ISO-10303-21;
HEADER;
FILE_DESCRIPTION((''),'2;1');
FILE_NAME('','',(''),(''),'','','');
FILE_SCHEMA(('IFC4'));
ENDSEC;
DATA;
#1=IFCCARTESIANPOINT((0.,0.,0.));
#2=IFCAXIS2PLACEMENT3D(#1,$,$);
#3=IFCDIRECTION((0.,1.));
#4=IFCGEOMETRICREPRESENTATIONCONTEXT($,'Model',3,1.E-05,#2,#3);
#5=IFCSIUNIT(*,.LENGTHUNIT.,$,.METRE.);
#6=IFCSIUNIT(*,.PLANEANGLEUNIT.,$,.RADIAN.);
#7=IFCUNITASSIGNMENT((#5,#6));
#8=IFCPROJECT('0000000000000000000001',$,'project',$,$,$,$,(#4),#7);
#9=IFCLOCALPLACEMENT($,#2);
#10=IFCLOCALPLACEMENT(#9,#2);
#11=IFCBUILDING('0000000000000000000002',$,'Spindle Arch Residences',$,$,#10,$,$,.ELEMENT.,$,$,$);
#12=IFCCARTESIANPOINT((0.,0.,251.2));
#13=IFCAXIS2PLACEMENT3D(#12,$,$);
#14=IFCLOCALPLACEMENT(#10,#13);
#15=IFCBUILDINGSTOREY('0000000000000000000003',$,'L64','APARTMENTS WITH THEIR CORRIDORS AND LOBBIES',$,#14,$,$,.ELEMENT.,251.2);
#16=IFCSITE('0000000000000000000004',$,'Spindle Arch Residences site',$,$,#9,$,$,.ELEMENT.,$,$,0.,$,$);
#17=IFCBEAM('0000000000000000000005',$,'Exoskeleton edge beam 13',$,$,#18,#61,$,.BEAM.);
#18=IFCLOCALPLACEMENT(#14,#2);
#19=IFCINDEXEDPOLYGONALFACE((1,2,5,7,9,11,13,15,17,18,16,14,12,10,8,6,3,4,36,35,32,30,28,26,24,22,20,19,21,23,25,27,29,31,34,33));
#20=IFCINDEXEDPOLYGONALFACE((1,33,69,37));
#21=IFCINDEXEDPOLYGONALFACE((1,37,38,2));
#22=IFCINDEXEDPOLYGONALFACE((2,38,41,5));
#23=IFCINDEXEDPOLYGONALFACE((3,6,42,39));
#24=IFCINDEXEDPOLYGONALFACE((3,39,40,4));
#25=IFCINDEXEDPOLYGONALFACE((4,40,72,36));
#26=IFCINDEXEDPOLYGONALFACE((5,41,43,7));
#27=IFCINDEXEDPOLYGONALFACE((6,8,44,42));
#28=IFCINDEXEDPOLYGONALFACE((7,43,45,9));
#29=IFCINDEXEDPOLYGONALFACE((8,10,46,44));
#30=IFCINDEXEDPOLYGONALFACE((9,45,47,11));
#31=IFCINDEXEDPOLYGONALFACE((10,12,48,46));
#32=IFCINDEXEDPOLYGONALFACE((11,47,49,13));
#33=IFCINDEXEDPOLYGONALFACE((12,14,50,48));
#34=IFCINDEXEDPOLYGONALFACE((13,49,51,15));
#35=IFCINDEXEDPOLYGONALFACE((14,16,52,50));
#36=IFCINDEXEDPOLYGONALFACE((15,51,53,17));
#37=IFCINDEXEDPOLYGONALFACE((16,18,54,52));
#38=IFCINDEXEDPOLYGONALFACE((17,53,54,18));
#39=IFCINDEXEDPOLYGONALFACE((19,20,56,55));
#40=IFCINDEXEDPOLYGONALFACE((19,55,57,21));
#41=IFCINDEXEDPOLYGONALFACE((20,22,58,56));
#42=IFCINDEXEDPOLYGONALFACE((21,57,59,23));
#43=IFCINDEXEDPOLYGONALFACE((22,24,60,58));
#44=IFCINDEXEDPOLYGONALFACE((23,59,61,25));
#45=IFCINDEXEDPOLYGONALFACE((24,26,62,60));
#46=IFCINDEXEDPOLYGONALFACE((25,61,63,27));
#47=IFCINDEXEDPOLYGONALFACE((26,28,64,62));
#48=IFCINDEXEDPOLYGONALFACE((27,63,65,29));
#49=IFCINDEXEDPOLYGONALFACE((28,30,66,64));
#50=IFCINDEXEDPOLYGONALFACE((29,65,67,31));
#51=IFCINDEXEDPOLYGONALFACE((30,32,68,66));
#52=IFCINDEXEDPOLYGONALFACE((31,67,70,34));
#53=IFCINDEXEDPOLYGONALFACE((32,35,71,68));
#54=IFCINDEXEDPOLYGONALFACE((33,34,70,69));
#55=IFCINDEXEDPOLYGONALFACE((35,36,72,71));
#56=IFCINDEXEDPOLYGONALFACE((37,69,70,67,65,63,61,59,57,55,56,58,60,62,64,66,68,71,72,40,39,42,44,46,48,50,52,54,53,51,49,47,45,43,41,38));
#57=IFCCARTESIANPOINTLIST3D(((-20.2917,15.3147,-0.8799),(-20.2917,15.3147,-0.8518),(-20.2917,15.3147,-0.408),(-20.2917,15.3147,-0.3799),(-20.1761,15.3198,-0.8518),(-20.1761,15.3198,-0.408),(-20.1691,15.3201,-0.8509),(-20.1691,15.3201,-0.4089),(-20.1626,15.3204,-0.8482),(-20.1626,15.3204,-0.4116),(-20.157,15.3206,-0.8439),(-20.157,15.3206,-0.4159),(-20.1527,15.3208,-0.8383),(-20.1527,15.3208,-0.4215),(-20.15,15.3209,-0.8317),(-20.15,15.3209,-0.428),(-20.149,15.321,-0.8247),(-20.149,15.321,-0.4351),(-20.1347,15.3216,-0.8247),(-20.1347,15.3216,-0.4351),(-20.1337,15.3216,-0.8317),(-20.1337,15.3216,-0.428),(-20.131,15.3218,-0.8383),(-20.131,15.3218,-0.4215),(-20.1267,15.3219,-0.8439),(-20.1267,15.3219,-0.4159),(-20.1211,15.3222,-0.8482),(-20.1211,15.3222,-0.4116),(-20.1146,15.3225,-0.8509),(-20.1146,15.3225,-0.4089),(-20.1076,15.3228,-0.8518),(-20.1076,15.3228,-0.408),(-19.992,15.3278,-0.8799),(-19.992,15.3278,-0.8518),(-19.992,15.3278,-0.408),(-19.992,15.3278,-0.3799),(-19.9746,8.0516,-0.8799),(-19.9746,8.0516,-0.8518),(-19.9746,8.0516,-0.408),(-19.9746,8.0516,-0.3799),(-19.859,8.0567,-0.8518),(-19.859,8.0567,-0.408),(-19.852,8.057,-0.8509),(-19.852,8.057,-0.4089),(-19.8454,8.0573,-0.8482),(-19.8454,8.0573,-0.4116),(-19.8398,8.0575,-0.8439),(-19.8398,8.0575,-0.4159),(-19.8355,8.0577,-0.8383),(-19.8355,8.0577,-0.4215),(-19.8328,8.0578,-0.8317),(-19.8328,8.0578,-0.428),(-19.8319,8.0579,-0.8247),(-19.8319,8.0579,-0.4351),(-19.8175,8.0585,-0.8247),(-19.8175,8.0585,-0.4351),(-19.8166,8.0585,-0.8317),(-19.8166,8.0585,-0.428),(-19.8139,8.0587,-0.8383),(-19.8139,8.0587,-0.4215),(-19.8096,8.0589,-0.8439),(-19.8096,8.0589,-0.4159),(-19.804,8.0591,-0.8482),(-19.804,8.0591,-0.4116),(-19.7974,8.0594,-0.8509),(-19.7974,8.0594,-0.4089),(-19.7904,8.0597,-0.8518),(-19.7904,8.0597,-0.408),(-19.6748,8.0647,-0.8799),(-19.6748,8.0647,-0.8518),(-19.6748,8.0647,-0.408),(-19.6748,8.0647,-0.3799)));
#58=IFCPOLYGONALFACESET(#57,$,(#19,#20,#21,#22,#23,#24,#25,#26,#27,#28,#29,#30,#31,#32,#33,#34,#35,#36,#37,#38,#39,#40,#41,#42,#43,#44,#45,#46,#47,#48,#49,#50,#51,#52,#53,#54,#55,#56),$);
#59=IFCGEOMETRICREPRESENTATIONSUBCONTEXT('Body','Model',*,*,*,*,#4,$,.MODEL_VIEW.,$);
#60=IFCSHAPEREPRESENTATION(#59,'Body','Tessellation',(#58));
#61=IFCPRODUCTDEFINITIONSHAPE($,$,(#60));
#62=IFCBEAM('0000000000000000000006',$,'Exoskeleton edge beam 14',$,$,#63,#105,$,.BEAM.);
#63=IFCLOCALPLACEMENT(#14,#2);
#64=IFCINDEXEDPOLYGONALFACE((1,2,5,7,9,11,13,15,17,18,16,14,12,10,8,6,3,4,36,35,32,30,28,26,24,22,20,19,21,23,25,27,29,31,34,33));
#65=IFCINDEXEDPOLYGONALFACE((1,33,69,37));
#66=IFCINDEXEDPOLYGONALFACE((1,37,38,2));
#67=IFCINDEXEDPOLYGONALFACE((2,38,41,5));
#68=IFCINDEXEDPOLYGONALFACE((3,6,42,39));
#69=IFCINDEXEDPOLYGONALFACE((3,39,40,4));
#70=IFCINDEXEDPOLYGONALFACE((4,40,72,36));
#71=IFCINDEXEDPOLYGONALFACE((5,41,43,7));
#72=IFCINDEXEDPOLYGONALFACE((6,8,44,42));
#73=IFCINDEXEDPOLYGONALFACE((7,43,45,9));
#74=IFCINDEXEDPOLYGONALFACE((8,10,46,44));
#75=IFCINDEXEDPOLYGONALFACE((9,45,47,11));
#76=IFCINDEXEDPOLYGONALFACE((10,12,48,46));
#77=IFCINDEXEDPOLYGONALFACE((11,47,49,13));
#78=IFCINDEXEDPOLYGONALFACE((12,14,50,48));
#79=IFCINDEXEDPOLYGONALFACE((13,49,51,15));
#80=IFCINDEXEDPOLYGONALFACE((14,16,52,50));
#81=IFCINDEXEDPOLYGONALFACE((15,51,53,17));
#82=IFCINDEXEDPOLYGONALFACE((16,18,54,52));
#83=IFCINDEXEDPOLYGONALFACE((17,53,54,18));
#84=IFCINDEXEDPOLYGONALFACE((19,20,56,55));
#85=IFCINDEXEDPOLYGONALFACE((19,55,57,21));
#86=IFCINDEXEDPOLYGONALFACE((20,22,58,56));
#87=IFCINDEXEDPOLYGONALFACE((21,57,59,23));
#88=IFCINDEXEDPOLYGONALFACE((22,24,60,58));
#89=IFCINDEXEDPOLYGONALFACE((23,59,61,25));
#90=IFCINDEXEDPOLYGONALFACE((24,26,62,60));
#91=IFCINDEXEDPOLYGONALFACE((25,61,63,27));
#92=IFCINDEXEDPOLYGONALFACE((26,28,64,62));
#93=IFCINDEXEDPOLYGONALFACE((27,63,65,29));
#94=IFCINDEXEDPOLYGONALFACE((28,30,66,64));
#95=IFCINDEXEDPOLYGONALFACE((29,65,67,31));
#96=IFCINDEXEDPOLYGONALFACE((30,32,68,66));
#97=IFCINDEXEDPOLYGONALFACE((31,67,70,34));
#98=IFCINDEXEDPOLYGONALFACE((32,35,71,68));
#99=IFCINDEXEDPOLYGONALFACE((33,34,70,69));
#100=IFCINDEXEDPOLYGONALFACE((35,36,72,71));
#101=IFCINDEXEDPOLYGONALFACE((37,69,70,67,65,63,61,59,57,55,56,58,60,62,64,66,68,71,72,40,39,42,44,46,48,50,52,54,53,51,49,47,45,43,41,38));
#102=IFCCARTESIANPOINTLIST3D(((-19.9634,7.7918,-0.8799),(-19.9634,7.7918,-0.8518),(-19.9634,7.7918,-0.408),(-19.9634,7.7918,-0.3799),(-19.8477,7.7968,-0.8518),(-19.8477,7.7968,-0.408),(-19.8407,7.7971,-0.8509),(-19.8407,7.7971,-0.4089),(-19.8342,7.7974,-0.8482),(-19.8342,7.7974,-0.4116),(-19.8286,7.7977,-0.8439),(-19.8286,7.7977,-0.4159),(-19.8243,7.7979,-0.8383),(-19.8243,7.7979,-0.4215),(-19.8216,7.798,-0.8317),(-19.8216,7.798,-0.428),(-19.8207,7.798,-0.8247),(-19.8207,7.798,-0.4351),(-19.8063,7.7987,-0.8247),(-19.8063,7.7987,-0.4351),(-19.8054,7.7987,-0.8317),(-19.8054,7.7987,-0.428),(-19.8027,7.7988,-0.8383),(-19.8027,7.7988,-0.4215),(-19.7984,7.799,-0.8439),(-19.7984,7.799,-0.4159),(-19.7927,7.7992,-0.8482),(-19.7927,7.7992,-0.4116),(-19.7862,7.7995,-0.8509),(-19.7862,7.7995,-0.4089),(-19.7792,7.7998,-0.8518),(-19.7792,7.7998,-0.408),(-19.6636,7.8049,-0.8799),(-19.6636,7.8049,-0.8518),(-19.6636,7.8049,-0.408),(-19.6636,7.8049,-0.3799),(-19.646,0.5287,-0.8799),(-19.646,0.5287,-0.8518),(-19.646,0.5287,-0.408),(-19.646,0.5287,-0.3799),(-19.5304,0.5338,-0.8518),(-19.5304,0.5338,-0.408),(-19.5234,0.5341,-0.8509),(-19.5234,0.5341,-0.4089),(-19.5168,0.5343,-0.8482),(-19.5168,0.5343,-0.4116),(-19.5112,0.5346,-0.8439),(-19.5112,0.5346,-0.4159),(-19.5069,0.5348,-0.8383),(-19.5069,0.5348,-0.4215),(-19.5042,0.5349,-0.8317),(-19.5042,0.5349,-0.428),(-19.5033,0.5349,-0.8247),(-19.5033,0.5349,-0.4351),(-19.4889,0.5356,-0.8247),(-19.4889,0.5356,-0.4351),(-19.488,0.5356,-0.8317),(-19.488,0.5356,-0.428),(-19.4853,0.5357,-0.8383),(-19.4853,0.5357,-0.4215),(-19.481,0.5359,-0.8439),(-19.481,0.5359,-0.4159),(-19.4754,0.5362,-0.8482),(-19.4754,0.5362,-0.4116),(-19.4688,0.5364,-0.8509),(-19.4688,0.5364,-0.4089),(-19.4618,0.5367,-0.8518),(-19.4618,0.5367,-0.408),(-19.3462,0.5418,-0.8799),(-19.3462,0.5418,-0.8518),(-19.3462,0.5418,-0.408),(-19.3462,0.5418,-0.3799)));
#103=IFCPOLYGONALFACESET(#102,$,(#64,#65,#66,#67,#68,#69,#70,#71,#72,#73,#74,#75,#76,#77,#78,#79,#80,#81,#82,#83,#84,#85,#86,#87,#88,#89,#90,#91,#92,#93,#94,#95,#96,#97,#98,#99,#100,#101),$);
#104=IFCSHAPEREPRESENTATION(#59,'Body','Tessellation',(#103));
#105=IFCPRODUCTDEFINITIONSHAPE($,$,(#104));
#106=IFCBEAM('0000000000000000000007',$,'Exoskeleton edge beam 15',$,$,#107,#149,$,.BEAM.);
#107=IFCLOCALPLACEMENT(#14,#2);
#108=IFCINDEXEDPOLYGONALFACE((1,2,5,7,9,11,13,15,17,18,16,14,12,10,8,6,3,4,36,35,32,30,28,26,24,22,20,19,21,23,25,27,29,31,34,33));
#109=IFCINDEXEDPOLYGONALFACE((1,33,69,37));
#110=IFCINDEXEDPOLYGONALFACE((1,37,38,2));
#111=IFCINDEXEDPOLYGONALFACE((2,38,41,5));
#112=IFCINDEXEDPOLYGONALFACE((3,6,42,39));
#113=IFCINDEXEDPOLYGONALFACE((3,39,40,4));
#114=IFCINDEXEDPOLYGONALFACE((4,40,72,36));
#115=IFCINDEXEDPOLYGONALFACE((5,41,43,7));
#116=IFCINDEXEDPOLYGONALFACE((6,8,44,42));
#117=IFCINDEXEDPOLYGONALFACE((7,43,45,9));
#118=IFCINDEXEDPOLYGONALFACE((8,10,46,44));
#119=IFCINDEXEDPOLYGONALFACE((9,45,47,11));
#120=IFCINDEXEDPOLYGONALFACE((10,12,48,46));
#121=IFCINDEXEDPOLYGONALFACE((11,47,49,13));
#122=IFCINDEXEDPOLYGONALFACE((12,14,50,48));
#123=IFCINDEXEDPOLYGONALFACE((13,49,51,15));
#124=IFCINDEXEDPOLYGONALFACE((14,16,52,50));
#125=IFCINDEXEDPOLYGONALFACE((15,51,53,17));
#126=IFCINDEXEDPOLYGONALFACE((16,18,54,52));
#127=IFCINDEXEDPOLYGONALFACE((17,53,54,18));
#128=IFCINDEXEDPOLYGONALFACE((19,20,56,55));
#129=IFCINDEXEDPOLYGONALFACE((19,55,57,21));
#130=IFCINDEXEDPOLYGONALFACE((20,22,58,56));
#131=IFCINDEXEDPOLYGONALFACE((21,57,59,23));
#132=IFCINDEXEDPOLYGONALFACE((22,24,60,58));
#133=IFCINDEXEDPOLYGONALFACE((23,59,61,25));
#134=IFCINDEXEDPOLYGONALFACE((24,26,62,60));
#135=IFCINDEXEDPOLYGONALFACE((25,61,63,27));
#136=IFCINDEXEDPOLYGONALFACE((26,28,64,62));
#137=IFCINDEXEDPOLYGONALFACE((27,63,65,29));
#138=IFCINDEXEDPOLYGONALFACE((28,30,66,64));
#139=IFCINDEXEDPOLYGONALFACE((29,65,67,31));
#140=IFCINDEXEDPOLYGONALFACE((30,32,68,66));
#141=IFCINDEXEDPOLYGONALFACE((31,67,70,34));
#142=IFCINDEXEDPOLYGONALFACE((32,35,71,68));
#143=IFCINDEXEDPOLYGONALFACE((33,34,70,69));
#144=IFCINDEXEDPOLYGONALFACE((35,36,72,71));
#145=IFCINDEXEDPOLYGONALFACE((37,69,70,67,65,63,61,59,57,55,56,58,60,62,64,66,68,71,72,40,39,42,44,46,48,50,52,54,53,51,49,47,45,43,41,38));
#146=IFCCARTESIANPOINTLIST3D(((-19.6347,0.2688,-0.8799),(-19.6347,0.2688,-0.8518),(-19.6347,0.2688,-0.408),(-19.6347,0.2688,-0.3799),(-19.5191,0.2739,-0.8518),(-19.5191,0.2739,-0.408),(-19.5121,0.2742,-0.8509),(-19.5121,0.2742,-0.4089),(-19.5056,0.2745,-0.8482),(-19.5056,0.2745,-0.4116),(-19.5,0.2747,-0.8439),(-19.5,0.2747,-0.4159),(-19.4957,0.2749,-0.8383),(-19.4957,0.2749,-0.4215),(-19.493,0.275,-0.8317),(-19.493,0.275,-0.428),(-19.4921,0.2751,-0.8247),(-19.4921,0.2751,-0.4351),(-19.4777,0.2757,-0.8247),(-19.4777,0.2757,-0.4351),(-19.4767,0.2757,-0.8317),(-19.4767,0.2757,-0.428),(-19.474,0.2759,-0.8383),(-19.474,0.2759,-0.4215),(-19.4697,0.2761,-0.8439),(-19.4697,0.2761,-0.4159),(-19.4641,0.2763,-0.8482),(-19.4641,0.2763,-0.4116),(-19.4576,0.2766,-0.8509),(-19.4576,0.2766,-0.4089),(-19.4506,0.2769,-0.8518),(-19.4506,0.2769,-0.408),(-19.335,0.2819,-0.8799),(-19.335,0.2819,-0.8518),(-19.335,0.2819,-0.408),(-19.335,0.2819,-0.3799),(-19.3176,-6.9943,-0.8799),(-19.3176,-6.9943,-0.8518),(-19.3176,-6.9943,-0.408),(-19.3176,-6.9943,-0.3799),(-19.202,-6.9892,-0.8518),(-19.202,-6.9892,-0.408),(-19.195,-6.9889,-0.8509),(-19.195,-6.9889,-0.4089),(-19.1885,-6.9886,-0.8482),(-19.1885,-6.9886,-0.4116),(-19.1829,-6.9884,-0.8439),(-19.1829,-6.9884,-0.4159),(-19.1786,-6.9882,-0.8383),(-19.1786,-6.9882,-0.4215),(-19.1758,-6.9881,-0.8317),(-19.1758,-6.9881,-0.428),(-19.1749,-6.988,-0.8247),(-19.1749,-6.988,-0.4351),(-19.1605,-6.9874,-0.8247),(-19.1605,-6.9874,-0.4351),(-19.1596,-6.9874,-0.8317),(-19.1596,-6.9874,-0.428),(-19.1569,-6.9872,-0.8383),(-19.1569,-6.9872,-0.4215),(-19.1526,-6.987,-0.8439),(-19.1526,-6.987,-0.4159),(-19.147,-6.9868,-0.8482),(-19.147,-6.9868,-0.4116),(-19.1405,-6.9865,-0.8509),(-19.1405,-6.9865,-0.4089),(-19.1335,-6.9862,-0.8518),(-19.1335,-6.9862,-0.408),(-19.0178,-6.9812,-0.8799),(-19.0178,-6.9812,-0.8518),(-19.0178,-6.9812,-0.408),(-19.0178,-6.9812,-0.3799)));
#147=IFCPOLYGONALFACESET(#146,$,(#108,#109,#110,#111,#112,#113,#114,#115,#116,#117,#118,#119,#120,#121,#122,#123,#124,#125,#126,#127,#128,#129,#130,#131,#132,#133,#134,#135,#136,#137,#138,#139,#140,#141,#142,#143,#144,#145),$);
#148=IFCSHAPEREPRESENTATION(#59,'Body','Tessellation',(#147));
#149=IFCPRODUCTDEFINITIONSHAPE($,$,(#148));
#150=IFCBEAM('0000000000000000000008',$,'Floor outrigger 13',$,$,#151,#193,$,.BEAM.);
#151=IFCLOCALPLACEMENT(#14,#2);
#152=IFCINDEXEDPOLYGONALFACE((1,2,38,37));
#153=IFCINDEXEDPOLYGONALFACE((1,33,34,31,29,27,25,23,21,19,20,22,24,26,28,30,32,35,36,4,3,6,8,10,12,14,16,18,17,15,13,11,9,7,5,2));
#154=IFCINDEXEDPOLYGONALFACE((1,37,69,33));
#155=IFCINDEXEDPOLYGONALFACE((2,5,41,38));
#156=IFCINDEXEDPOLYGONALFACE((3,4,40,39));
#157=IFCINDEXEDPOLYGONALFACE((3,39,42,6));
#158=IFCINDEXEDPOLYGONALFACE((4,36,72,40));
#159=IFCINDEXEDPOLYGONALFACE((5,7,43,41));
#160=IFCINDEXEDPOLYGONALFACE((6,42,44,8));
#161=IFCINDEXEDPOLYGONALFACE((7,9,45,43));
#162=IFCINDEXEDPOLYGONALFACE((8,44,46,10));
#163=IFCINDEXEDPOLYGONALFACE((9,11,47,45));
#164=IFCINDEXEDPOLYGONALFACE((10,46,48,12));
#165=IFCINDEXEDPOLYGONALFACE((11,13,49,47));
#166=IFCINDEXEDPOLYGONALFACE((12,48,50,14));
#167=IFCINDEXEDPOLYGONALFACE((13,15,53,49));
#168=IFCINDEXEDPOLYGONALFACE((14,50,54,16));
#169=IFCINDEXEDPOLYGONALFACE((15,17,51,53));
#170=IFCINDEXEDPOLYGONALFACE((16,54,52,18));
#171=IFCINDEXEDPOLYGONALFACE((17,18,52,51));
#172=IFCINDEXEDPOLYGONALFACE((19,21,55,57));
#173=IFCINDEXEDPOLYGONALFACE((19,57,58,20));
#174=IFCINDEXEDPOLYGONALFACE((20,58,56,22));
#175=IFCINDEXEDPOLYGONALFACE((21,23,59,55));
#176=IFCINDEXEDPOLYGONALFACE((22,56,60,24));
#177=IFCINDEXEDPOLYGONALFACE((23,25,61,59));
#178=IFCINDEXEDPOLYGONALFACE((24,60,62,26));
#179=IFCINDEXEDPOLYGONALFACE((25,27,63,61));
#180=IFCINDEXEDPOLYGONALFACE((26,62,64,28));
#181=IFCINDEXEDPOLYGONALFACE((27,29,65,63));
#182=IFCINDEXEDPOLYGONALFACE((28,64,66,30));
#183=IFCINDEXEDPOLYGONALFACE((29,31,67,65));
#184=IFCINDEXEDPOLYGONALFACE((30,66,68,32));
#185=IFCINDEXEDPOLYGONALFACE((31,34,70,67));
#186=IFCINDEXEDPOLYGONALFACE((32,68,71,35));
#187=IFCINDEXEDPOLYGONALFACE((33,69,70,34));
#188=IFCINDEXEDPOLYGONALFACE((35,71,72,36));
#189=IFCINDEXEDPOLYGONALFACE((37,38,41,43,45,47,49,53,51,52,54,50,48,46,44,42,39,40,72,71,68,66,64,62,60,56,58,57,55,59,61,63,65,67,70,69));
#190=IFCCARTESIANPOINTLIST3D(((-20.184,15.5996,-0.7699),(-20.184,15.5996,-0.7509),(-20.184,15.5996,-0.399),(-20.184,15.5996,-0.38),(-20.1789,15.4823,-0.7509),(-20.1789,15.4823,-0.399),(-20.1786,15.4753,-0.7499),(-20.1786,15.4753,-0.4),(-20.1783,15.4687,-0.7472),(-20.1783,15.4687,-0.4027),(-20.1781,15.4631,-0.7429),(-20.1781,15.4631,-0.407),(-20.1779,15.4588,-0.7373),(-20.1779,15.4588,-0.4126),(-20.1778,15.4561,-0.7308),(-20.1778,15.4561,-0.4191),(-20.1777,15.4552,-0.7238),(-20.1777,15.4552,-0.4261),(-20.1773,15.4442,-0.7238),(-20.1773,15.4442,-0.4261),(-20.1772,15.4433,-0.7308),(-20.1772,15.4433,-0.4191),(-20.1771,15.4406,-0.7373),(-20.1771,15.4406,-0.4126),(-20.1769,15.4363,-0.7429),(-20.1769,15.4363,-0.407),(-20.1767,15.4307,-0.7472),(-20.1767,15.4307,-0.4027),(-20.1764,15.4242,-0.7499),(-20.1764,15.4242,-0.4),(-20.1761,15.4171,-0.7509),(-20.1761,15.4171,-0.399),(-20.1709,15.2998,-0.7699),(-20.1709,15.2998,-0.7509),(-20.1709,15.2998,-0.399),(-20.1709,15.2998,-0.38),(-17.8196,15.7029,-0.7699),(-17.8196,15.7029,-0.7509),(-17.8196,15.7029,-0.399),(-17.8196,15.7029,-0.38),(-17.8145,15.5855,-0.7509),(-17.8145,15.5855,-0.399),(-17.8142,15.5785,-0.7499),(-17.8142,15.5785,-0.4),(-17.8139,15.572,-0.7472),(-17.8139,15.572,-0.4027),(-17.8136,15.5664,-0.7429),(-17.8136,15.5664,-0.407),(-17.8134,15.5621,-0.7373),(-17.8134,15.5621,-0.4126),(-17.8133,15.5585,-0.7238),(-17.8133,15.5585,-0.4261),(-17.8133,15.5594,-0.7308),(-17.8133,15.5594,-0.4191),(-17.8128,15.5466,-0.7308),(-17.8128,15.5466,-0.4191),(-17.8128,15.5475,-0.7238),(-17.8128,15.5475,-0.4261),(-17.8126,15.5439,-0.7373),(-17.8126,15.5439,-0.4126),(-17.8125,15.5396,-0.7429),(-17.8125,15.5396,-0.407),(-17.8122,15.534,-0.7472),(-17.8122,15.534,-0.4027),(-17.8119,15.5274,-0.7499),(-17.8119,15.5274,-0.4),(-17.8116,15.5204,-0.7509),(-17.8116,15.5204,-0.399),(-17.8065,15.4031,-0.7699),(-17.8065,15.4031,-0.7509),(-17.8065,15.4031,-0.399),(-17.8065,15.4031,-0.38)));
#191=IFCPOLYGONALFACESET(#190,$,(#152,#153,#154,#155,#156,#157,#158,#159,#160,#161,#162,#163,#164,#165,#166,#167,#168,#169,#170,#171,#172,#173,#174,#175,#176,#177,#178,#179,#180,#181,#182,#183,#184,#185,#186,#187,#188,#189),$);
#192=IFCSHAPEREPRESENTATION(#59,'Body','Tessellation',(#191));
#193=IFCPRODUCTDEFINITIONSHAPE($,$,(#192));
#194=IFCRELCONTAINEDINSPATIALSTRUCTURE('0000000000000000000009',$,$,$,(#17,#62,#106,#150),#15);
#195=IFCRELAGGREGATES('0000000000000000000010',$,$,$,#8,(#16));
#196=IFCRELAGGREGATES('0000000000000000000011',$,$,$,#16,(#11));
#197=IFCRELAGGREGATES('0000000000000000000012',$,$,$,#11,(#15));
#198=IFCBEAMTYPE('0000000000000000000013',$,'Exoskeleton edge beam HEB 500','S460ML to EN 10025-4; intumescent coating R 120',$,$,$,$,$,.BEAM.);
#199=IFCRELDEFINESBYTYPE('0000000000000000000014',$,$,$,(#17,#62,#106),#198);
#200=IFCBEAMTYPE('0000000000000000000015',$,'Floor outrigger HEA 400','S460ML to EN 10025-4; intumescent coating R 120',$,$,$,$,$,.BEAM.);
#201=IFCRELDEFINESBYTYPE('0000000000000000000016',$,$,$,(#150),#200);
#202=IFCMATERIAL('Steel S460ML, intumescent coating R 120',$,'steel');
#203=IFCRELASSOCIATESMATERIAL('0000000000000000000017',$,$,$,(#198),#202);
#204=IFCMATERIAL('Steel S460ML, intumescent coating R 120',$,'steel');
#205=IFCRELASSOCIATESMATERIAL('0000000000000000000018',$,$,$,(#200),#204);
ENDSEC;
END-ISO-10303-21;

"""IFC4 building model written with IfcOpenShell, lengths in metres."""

from ifc_helpers import new_model, si_unit, direction, frame, origin, origin_2d, place, context, subcontext, project, spatial, i_section, extrude, material, material_profile, profile_set, type_object, element, save


model = new_model("IFC4")

# Units and contexts
model_context = context("Model", 3, precision=1e-05, world=origin(), true_north=direction((0.0, 1.0)))
body_context = subcontext(model_context, "Body", "Model", "MODEL_VIEW")
ifc_project = project(units=[si_unit("LENGTHUNIT", "METRE"), si_unit("PLANEANGLEUNIT", "RADIAN")], contexts=[model_context])

# Site, building, storey
site_placement = place(None, origin())
site = spatial("IfcSite", under=ifc_project, at=site_placement, Name="Spindle Arch Residences site", CompositionType="ELEMENT", RefElevation=0.0)
building_placement = place(site_placement, origin())
building = spatial("IfcBuilding", under=site, at=building_placement, Name="Spindle Arch Residences", CompositionType="ELEMENT")
storey_placement = place(building_placement, frame((0.0, 0.0, 251.2)))
storey = spatial("IfcBuildingStorey", under=building, at=storey_placement, Name="L64", Description="APARTMENTS WITH THEIR CORRIDORS AND LOBBIES", CompositionType="ELEMENT", Elevation=251.2)

# Beams
ifc_material_1 = material(Name="Steel S460ML, intumescent coating R 120", Category="steel")
ifc_material_profile_1 = material_profile(ifc_material_1, i_section(OverallWidth=0.3, OverallDepth=0.5, WebThickness=0.0144, FlangeThickness=0.0281, FilletRadius=0.0271, at=origin_2d()), Name="HEB 500")
ifc_profile_set_1 = profile_set([ifc_material_profile_1], Name="Steel S460ML, intumescent coating R 120")
beam_type_1 = type_object("IfcBeamType", Name="Exoskeleton edge beam HEB 500", Description="S460ML to EN 10025-4; intumescent coating R 120", PredefinedType="BEAM", material=ifc_profile_set_1)
for number, where, z_axis, x_axis, name in (
    (1, (-20.1418, 15.3213, -0.6299), (0.043622, -0.999048, 0.0), (0.999048, 0.043622, 0.0), "Exoskeleton edge beam 13"),
    (2, (-19.8135, 7.7983, -0.6299), (0.043656, -0.999047, 0.0), (0.999047, 0.043656, 0.0), "Exoskeleton edge beam 14"),
    (3, (-19.4849, 0.2754, -0.6299), (0.043622, -0.999048, 0.0), (0.999048, 0.043622, 0.0), "Exoskeleton edge beam 15"),
):
    element("IfcBeam", number, at=place(storey_placement, frame(where, z_axis=z_axis, x_axis=x_axis)), inside=storey, type_object=beam_type_1, Name=name, PredefinedType="BEAM", context=body_context, shape_type="SweptSolid", body=[
        extrude(i_section(OverallWidth=0.3, OverallDepth=0.5, WebThickness=0.0144, FlangeThickness=0.0281, FilletRadius=0.0271, at=origin_2d()), origin(), (0.0, 0.0, 1.0), 7.27),
    ])
ifc_material_2 = material(Name="Steel S460ML, intumescent coating R 120", Category="steel")
ifc_material_profile_2 = material_profile(ifc_material_2, i_section(OverallWidth=0.3, OverallDepth=0.3899, WebThickness=0.011, FlangeThickness=0.019, FilletRadius=0.0271, at=origin_2d()), Name="HEA 400")
ifc_profile_set_2 = profile_set([ifc_material_profile_2], Name="Steel S460ML, intumescent coating R 120")
beam_type_2 = type_object("IfcBeamType", Name="Floor outrigger HEA 400", Description="S460ML to EN 10025-4; intumescent coating R 120", PredefinedType="BEAM", material=ifc_profile_set_2)
beam_placement = place(storey_placement, frame((-20.1775, 15.4497, -0.575), z_axis=(0.999048, 0.043634, 0.0), x_axis=(-0.043634, 0.999048, 0.0)))
element("IfcBeam", 4, at=beam_placement, inside=storey, type_object=beam_type_2, Name="Floor outrigger 13", PredefinedType="BEAM", context=body_context, shape_type="SweptSolid", body=[
    extrude(i_section(OverallWidth=0.3, OverallDepth=0.3899, WebThickness=0.011, FlangeThickness=0.019, FilletRadius=0.0271, at=origin_2d()), origin(), (0.0, 0.0, 1.0), 2.3667),
])

save(model, "model.ifc")
